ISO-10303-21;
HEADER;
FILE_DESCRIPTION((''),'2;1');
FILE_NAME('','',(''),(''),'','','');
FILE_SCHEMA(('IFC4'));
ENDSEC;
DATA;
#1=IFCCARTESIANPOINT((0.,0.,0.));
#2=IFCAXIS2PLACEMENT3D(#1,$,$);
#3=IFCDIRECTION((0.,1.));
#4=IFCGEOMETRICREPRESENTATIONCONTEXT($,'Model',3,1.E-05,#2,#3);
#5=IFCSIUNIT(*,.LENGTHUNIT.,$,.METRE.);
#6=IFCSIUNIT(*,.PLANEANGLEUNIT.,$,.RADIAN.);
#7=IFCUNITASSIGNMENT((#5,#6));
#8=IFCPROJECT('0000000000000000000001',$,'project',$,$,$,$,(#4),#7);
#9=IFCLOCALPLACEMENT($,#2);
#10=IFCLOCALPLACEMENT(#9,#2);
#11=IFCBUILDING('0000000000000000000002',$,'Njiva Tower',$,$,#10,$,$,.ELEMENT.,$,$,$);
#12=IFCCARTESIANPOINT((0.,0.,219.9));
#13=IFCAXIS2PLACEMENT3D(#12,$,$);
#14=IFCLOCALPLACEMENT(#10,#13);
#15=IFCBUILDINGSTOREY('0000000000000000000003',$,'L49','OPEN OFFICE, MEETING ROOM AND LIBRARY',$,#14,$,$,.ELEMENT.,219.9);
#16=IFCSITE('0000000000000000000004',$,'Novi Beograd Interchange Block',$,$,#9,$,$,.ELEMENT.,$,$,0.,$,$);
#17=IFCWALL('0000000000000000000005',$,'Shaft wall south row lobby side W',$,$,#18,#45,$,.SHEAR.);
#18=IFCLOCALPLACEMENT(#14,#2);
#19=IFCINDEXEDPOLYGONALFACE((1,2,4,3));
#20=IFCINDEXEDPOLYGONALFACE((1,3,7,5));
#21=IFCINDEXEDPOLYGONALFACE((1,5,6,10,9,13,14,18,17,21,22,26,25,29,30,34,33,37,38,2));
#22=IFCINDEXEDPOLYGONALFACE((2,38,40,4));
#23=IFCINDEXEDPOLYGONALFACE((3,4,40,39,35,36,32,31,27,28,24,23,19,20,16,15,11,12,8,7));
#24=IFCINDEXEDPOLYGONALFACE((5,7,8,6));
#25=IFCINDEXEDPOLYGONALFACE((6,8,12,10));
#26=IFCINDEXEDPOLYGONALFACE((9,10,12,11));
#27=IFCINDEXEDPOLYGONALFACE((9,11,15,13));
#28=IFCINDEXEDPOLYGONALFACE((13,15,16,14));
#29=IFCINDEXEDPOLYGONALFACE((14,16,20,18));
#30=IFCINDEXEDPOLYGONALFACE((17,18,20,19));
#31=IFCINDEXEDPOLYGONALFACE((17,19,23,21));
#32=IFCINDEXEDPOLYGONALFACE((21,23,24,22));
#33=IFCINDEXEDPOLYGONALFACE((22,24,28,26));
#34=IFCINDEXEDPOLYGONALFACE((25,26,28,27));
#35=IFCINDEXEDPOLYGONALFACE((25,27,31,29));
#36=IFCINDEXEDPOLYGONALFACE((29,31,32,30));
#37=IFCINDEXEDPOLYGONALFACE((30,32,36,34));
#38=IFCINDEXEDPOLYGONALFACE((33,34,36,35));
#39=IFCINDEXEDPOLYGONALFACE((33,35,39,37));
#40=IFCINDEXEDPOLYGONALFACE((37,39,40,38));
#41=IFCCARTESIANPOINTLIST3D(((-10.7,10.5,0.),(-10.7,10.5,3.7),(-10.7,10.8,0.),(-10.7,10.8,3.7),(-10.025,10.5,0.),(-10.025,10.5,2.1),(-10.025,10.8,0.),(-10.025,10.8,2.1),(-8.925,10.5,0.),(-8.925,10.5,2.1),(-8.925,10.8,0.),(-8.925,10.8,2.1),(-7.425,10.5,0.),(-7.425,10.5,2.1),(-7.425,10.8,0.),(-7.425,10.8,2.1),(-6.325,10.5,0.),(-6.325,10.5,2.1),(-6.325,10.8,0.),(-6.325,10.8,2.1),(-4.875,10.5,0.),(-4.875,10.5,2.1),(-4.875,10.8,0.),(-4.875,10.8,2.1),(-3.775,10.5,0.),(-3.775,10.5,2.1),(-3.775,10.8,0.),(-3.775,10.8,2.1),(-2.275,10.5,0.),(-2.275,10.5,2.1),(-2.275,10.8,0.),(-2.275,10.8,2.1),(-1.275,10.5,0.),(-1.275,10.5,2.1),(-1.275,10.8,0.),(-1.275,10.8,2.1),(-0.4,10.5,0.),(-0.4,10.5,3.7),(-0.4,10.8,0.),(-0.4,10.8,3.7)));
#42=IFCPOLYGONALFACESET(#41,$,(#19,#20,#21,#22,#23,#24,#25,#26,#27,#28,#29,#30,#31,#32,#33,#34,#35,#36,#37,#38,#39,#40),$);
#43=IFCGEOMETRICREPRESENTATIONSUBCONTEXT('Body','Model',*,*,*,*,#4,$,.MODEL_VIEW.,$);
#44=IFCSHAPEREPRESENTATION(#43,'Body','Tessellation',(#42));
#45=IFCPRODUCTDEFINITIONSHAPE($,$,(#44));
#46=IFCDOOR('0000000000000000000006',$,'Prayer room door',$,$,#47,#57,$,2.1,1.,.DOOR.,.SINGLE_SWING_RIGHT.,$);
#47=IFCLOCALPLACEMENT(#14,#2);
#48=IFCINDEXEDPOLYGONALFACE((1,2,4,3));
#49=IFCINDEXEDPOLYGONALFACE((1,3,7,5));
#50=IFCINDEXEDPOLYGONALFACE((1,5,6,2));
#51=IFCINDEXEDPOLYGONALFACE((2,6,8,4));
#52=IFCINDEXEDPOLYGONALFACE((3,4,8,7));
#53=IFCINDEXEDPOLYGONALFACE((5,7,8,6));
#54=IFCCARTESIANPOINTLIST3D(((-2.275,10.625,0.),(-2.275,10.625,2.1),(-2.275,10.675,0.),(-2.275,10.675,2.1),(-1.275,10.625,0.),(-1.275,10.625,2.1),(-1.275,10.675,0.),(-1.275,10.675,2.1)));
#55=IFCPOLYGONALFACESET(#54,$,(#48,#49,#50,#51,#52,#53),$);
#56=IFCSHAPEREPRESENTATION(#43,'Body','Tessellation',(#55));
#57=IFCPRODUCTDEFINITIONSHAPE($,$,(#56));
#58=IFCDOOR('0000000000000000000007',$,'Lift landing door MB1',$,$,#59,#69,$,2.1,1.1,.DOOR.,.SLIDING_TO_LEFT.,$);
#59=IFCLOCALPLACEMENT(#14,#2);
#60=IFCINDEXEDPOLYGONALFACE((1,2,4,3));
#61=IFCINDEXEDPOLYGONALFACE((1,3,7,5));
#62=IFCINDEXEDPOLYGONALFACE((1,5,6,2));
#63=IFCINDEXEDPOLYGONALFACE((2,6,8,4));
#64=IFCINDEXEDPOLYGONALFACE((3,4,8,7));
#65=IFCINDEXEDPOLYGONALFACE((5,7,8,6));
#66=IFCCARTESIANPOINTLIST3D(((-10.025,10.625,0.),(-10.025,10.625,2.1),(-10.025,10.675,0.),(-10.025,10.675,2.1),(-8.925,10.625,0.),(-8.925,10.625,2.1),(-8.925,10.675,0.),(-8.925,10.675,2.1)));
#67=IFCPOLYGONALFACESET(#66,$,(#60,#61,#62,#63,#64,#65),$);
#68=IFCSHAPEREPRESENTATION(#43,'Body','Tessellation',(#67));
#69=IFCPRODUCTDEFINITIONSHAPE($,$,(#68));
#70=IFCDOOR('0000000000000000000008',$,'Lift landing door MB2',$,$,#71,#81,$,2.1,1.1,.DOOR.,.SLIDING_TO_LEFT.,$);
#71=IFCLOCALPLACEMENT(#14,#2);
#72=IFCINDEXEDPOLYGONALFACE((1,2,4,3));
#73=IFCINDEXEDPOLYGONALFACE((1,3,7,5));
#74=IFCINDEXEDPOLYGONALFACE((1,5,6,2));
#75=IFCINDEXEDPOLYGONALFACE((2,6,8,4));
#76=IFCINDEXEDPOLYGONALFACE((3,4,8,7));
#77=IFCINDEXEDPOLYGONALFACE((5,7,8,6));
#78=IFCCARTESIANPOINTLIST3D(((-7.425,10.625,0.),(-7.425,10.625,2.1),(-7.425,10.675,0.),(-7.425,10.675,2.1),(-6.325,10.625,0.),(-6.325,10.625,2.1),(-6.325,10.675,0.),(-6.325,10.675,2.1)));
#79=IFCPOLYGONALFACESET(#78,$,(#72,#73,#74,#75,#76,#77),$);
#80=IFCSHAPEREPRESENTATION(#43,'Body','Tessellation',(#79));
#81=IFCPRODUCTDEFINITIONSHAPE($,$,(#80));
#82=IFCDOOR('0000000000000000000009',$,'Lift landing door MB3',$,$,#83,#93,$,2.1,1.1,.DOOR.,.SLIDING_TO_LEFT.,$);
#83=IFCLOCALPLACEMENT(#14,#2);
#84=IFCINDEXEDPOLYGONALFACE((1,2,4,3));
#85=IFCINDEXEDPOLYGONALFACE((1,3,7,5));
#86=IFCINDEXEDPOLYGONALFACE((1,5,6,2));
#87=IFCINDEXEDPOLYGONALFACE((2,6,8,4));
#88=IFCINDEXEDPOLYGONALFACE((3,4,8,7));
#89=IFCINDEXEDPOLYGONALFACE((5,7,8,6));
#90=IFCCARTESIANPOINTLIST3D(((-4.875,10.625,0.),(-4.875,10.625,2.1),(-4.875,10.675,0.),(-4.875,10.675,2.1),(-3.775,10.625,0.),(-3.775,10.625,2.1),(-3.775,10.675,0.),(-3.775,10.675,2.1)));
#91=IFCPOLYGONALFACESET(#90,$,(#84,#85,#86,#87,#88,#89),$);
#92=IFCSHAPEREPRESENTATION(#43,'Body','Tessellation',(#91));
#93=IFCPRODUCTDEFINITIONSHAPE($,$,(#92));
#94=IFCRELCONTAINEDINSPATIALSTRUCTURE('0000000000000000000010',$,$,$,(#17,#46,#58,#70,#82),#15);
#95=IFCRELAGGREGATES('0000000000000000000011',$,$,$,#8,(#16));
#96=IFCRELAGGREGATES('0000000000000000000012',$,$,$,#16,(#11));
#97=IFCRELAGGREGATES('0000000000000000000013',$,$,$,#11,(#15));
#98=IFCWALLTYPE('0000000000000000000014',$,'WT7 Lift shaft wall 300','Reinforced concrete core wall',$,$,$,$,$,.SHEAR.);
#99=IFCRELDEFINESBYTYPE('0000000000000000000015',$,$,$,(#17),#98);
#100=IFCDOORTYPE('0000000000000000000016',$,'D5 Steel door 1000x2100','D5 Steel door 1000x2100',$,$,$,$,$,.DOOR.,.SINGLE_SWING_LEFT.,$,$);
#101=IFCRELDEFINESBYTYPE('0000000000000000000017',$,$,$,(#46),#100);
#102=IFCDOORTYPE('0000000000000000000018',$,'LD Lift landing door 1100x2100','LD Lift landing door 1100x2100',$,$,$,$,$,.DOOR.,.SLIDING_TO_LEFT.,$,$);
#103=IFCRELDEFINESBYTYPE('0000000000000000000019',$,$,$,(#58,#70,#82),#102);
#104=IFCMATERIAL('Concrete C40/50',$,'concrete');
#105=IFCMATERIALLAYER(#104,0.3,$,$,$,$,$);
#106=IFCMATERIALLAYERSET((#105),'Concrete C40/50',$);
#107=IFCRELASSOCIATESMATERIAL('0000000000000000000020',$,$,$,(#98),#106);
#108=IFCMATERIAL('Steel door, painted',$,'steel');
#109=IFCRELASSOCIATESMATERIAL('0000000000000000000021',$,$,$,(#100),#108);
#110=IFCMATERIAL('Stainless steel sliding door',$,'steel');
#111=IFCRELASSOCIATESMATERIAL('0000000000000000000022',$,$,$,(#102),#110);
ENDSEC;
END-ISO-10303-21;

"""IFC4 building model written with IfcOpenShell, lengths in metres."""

from ifc_helpers import new_model, si_unit, direction, frame, frame_2d, origin, place, context, subcontext, project, spatial, rectangle, extrude, material, layer, layer_set, type_object, element, fill, save


model = new_model("IFC4")

# Units and contexts
model_context = context("Model", 3, precision=1e-05, world=origin(), true_north=direction((0.0, 1.0)))
body_context = subcontext(model_context, "Body", "Model", "MODEL_VIEW")
ifc_project = project(units=[si_unit("LENGTHUNIT", "METRE"), si_unit("PLANEANGLEUNIT", "RADIAN")], contexts=[model_context])

# Site, building, storey
site_placement = place(None, origin())
site = spatial("IfcSite", under=ifc_project, at=site_placement, Name="Novi Beograd Interchange Block", CompositionType="ELEMENT", RefElevation=0.0)
building_placement = place(site_placement, origin())
building = spatial("IfcBuilding", under=site, at=building_placement, Name="Njiva Tower", CompositionType="ELEMENT")
storey_placement = place(building_placement, frame((0.0, 0.0, 219.9)))
storey = spatial("IfcBuildingStorey", under=building, at=storey_placement, Name="L49", Description="OPEN OFFICE, MEETING ROOM AND LIBRARY", CompositionType="ELEMENT", Elevation=219.9)

# Shared definitions
ifc_material_1 = material(Name="Concrete C40/50", Category="concrete")

# Wall, openings, doors
ifc_layer_1 = layer(ifc_material_1, 0.3)
ifc_layer_set_1 = layer_set([ifc_layer_1], Name="Concrete C40/50")
wall_type_1 = type_object("IfcWallType", Name="WT7 Lift shaft wall 300", Description="Reinforced concrete core wall", PredefinedType="SHEAR", material=ifc_layer_set_1)
ifc_material_2 = material(Name="Steel door, painted", Category="steel")
door_type_1 = type_object("IfcDoorType", Name="D5 Steel door 1000x2100", Description="D5 Steel door 1000x2100", OperationType="SINGLE_SWING_LEFT", PredefinedType="DOOR", material=ifc_material_2)
ifc_material_3 = material(Name="Stainless steel sliding door", Category="steel")
door_type_2 = type_object("IfcDoorType", Name="LD Lift landing door 1100x2100", Description="LD Lift landing door 1100x2100", OperationType="SLIDING_TO_LEFT", PredefinedType="DOOR", material=ifc_material_3)
wall_1_placement = place(storey_placement, frame((-10.7, 10.65, 0.0), z_axis=(0.0, 0.0, 1.0), x_axis=(1.0, 0.0, 0.0)))
wall_1 = element("IfcWall", 1, at=wall_1_placement, inside=storey, type_object=wall_type_1, Name="Shaft wall south row lobby side W", PredefinedType="SHEAR", context=body_context, shape_type="SweptSolid", body=[
    extrude(rectangle(XDim=10.3, YDim=0.3, at=frame_2d((5.15, 0.0))), origin(), (0.0, 0.0, 1.0), 3.7),
])
opening_1_placement = place(wall_1_placement, frame((0.675, 0.0, 0.0)))
opening_1 = element("IfcOpeningElement", 2, at=opening_1_placement, cuts=wall_1, PredefinedType="OPENING", context=body_context, shape_type="SweptSolid", body=[
    extrude(rectangle(XDim=1.1, YDim=2.1, at=frame_2d((0.55, 1.05))), frame((0.0, 0.16, 0.0), z_axis=(0.0, -1.0, 0.0), x_axis=(1.0, 0.0, 0.0)), (0.0, 0.0, 1.0), 0.32),
])
opening_2_placement = place(wall_1_placement, frame((3.275, 0.0, 0.0)))
opening_2 = element("IfcOpeningElement", 3, at=opening_2_placement, cuts=wall_1, PredefinedType="OPENING", context=body_context, shape_type="SweptSolid", body=[
    extrude(rectangle(XDim=1.1, YDim=2.1, at=frame_2d((0.55, 1.05))), frame((0.0, 0.16, 0.0), z_axis=(0.0, -1.0, 0.0), x_axis=(1.0, 0.0, 0.0)), (0.0, 0.0, 1.0), 0.32),
])
opening_3_placement = place(wall_1_placement, frame((5.825, 0.0, 0.0)))
opening_3 = element("IfcOpeningElement", 4, at=opening_3_placement, cuts=wall_1, PredefinedType="OPENING", context=body_context, shape_type="SweptSolid", body=[
    extrude(rectangle(XDim=1.1, YDim=2.1, at=frame_2d((0.55, 1.05))), frame((0.0, 0.16, 0.0), z_axis=(0.0, -1.0, 0.0), x_axis=(1.0, 0.0, 0.0)), (0.0, 0.0, 1.0), 0.32),
])
opening_4_placement = place(wall_1_placement, frame((8.425, 0.0, 0.0)))
opening_4 = element("IfcOpeningElement", 5, at=opening_4_placement, cuts=wall_1, PredefinedType="OPENING", context=body_context, shape_type="SweptSolid", body=[
    extrude(rectangle(XDim=1.0, YDim=2.1, at=frame_2d((0.5, 1.05))), frame((0.0, 0.16, 0.0), z_axis=(0.0, -1.0, 0.0), x_axis=(1.0, 0.0, 0.0)), (0.0, 0.0, 1.0), 0.32),
])
door_1_placement = place(opening_4_placement, origin())
door_1 = element("IfcDoor", 6, at=door_1_placement, inside=storey, type_object=door_type_1, Name="Prayer room door", OperationType="SINGLE_SWING_RIGHT", OverallHeight=2.1, OverallWidth=1.0, PredefinedType="DOOR", context=body_context, shape_type="SweptSolid", body=[
    extrude(rectangle(XDim=1.0, YDim=2.1, at=frame_2d((0.5, 1.05))), frame((0.0, 0.025, 0.0), z_axis=(0.0, -1.0, 0.0), x_axis=(1.0, 0.0, 0.0)), (0.0, 0.0, 1.0), 0.05),
])
fill(opening_4, door_1)
door_2_placement = place(opening_1_placement, origin())
door_2 = element("IfcDoor", 7, at=door_2_placement, inside=storey, type_object=door_type_2, Name="Lift landing door MB1", OperationType="SLIDING_TO_LEFT", OverallHeight=2.1, OverallWidth=1.1, PredefinedType="DOOR", context=body_context, shape_type="SweptSolid", body=[
    extrude(rectangle(XDim=1.1, YDim=2.1, at=frame_2d((0.55, 1.05))), frame((0.0, 0.025, 0.0), z_axis=(0.0, -1.0, 0.0), x_axis=(1.0, 0.0, 0.0)), (0.0, 0.0, 1.0), 0.05),
])
fill(opening_1, door_2)
door_3_placement = place(opening_2_placement, origin())
door_3 = element("IfcDoor", 8, at=door_3_placement, inside=storey, type_object=door_type_2, Name="Lift landing door MB2", OperationType="SLIDING_TO_LEFT", OverallHeight=2.1, OverallWidth=1.1, PredefinedType="DOOR", context=body_context, shape_type="SweptSolid", body=[
    extrude(rectangle(XDim=1.1, YDim=2.1, at=frame_2d((0.55, 1.05))), frame((0.0, 0.025, 0.0), z_axis=(0.0, -1.0, 0.0), x_axis=(1.0, 0.0, 0.0)), (0.0, 0.0, 1.0), 0.05),
])
fill(opening_2, door_3)
door_4_placement = place(opening_3_placement, origin())
door_4 = element("IfcDoor", 9, at=door_4_placement, inside=storey, type_object=door_type_2, Name="Lift landing door MB3", OperationType="SLIDING_TO_LEFT", OverallHeight=2.1, OverallWidth=1.1, PredefinedType="DOOR", context=body_context, shape_type="SweptSolid", body=[
    extrude(rectangle(XDim=1.1, YDim=2.1, at=frame_2d((0.55, 1.05))), frame((0.0, 0.025, 0.0), z_axis=(0.0, -1.0, 0.0), x_axis=(1.0, 0.0, 0.0)), (0.0, 0.0, 1.0), 0.05),
])
fill(opening_3, door_4)

save(model, "model.ifc")
